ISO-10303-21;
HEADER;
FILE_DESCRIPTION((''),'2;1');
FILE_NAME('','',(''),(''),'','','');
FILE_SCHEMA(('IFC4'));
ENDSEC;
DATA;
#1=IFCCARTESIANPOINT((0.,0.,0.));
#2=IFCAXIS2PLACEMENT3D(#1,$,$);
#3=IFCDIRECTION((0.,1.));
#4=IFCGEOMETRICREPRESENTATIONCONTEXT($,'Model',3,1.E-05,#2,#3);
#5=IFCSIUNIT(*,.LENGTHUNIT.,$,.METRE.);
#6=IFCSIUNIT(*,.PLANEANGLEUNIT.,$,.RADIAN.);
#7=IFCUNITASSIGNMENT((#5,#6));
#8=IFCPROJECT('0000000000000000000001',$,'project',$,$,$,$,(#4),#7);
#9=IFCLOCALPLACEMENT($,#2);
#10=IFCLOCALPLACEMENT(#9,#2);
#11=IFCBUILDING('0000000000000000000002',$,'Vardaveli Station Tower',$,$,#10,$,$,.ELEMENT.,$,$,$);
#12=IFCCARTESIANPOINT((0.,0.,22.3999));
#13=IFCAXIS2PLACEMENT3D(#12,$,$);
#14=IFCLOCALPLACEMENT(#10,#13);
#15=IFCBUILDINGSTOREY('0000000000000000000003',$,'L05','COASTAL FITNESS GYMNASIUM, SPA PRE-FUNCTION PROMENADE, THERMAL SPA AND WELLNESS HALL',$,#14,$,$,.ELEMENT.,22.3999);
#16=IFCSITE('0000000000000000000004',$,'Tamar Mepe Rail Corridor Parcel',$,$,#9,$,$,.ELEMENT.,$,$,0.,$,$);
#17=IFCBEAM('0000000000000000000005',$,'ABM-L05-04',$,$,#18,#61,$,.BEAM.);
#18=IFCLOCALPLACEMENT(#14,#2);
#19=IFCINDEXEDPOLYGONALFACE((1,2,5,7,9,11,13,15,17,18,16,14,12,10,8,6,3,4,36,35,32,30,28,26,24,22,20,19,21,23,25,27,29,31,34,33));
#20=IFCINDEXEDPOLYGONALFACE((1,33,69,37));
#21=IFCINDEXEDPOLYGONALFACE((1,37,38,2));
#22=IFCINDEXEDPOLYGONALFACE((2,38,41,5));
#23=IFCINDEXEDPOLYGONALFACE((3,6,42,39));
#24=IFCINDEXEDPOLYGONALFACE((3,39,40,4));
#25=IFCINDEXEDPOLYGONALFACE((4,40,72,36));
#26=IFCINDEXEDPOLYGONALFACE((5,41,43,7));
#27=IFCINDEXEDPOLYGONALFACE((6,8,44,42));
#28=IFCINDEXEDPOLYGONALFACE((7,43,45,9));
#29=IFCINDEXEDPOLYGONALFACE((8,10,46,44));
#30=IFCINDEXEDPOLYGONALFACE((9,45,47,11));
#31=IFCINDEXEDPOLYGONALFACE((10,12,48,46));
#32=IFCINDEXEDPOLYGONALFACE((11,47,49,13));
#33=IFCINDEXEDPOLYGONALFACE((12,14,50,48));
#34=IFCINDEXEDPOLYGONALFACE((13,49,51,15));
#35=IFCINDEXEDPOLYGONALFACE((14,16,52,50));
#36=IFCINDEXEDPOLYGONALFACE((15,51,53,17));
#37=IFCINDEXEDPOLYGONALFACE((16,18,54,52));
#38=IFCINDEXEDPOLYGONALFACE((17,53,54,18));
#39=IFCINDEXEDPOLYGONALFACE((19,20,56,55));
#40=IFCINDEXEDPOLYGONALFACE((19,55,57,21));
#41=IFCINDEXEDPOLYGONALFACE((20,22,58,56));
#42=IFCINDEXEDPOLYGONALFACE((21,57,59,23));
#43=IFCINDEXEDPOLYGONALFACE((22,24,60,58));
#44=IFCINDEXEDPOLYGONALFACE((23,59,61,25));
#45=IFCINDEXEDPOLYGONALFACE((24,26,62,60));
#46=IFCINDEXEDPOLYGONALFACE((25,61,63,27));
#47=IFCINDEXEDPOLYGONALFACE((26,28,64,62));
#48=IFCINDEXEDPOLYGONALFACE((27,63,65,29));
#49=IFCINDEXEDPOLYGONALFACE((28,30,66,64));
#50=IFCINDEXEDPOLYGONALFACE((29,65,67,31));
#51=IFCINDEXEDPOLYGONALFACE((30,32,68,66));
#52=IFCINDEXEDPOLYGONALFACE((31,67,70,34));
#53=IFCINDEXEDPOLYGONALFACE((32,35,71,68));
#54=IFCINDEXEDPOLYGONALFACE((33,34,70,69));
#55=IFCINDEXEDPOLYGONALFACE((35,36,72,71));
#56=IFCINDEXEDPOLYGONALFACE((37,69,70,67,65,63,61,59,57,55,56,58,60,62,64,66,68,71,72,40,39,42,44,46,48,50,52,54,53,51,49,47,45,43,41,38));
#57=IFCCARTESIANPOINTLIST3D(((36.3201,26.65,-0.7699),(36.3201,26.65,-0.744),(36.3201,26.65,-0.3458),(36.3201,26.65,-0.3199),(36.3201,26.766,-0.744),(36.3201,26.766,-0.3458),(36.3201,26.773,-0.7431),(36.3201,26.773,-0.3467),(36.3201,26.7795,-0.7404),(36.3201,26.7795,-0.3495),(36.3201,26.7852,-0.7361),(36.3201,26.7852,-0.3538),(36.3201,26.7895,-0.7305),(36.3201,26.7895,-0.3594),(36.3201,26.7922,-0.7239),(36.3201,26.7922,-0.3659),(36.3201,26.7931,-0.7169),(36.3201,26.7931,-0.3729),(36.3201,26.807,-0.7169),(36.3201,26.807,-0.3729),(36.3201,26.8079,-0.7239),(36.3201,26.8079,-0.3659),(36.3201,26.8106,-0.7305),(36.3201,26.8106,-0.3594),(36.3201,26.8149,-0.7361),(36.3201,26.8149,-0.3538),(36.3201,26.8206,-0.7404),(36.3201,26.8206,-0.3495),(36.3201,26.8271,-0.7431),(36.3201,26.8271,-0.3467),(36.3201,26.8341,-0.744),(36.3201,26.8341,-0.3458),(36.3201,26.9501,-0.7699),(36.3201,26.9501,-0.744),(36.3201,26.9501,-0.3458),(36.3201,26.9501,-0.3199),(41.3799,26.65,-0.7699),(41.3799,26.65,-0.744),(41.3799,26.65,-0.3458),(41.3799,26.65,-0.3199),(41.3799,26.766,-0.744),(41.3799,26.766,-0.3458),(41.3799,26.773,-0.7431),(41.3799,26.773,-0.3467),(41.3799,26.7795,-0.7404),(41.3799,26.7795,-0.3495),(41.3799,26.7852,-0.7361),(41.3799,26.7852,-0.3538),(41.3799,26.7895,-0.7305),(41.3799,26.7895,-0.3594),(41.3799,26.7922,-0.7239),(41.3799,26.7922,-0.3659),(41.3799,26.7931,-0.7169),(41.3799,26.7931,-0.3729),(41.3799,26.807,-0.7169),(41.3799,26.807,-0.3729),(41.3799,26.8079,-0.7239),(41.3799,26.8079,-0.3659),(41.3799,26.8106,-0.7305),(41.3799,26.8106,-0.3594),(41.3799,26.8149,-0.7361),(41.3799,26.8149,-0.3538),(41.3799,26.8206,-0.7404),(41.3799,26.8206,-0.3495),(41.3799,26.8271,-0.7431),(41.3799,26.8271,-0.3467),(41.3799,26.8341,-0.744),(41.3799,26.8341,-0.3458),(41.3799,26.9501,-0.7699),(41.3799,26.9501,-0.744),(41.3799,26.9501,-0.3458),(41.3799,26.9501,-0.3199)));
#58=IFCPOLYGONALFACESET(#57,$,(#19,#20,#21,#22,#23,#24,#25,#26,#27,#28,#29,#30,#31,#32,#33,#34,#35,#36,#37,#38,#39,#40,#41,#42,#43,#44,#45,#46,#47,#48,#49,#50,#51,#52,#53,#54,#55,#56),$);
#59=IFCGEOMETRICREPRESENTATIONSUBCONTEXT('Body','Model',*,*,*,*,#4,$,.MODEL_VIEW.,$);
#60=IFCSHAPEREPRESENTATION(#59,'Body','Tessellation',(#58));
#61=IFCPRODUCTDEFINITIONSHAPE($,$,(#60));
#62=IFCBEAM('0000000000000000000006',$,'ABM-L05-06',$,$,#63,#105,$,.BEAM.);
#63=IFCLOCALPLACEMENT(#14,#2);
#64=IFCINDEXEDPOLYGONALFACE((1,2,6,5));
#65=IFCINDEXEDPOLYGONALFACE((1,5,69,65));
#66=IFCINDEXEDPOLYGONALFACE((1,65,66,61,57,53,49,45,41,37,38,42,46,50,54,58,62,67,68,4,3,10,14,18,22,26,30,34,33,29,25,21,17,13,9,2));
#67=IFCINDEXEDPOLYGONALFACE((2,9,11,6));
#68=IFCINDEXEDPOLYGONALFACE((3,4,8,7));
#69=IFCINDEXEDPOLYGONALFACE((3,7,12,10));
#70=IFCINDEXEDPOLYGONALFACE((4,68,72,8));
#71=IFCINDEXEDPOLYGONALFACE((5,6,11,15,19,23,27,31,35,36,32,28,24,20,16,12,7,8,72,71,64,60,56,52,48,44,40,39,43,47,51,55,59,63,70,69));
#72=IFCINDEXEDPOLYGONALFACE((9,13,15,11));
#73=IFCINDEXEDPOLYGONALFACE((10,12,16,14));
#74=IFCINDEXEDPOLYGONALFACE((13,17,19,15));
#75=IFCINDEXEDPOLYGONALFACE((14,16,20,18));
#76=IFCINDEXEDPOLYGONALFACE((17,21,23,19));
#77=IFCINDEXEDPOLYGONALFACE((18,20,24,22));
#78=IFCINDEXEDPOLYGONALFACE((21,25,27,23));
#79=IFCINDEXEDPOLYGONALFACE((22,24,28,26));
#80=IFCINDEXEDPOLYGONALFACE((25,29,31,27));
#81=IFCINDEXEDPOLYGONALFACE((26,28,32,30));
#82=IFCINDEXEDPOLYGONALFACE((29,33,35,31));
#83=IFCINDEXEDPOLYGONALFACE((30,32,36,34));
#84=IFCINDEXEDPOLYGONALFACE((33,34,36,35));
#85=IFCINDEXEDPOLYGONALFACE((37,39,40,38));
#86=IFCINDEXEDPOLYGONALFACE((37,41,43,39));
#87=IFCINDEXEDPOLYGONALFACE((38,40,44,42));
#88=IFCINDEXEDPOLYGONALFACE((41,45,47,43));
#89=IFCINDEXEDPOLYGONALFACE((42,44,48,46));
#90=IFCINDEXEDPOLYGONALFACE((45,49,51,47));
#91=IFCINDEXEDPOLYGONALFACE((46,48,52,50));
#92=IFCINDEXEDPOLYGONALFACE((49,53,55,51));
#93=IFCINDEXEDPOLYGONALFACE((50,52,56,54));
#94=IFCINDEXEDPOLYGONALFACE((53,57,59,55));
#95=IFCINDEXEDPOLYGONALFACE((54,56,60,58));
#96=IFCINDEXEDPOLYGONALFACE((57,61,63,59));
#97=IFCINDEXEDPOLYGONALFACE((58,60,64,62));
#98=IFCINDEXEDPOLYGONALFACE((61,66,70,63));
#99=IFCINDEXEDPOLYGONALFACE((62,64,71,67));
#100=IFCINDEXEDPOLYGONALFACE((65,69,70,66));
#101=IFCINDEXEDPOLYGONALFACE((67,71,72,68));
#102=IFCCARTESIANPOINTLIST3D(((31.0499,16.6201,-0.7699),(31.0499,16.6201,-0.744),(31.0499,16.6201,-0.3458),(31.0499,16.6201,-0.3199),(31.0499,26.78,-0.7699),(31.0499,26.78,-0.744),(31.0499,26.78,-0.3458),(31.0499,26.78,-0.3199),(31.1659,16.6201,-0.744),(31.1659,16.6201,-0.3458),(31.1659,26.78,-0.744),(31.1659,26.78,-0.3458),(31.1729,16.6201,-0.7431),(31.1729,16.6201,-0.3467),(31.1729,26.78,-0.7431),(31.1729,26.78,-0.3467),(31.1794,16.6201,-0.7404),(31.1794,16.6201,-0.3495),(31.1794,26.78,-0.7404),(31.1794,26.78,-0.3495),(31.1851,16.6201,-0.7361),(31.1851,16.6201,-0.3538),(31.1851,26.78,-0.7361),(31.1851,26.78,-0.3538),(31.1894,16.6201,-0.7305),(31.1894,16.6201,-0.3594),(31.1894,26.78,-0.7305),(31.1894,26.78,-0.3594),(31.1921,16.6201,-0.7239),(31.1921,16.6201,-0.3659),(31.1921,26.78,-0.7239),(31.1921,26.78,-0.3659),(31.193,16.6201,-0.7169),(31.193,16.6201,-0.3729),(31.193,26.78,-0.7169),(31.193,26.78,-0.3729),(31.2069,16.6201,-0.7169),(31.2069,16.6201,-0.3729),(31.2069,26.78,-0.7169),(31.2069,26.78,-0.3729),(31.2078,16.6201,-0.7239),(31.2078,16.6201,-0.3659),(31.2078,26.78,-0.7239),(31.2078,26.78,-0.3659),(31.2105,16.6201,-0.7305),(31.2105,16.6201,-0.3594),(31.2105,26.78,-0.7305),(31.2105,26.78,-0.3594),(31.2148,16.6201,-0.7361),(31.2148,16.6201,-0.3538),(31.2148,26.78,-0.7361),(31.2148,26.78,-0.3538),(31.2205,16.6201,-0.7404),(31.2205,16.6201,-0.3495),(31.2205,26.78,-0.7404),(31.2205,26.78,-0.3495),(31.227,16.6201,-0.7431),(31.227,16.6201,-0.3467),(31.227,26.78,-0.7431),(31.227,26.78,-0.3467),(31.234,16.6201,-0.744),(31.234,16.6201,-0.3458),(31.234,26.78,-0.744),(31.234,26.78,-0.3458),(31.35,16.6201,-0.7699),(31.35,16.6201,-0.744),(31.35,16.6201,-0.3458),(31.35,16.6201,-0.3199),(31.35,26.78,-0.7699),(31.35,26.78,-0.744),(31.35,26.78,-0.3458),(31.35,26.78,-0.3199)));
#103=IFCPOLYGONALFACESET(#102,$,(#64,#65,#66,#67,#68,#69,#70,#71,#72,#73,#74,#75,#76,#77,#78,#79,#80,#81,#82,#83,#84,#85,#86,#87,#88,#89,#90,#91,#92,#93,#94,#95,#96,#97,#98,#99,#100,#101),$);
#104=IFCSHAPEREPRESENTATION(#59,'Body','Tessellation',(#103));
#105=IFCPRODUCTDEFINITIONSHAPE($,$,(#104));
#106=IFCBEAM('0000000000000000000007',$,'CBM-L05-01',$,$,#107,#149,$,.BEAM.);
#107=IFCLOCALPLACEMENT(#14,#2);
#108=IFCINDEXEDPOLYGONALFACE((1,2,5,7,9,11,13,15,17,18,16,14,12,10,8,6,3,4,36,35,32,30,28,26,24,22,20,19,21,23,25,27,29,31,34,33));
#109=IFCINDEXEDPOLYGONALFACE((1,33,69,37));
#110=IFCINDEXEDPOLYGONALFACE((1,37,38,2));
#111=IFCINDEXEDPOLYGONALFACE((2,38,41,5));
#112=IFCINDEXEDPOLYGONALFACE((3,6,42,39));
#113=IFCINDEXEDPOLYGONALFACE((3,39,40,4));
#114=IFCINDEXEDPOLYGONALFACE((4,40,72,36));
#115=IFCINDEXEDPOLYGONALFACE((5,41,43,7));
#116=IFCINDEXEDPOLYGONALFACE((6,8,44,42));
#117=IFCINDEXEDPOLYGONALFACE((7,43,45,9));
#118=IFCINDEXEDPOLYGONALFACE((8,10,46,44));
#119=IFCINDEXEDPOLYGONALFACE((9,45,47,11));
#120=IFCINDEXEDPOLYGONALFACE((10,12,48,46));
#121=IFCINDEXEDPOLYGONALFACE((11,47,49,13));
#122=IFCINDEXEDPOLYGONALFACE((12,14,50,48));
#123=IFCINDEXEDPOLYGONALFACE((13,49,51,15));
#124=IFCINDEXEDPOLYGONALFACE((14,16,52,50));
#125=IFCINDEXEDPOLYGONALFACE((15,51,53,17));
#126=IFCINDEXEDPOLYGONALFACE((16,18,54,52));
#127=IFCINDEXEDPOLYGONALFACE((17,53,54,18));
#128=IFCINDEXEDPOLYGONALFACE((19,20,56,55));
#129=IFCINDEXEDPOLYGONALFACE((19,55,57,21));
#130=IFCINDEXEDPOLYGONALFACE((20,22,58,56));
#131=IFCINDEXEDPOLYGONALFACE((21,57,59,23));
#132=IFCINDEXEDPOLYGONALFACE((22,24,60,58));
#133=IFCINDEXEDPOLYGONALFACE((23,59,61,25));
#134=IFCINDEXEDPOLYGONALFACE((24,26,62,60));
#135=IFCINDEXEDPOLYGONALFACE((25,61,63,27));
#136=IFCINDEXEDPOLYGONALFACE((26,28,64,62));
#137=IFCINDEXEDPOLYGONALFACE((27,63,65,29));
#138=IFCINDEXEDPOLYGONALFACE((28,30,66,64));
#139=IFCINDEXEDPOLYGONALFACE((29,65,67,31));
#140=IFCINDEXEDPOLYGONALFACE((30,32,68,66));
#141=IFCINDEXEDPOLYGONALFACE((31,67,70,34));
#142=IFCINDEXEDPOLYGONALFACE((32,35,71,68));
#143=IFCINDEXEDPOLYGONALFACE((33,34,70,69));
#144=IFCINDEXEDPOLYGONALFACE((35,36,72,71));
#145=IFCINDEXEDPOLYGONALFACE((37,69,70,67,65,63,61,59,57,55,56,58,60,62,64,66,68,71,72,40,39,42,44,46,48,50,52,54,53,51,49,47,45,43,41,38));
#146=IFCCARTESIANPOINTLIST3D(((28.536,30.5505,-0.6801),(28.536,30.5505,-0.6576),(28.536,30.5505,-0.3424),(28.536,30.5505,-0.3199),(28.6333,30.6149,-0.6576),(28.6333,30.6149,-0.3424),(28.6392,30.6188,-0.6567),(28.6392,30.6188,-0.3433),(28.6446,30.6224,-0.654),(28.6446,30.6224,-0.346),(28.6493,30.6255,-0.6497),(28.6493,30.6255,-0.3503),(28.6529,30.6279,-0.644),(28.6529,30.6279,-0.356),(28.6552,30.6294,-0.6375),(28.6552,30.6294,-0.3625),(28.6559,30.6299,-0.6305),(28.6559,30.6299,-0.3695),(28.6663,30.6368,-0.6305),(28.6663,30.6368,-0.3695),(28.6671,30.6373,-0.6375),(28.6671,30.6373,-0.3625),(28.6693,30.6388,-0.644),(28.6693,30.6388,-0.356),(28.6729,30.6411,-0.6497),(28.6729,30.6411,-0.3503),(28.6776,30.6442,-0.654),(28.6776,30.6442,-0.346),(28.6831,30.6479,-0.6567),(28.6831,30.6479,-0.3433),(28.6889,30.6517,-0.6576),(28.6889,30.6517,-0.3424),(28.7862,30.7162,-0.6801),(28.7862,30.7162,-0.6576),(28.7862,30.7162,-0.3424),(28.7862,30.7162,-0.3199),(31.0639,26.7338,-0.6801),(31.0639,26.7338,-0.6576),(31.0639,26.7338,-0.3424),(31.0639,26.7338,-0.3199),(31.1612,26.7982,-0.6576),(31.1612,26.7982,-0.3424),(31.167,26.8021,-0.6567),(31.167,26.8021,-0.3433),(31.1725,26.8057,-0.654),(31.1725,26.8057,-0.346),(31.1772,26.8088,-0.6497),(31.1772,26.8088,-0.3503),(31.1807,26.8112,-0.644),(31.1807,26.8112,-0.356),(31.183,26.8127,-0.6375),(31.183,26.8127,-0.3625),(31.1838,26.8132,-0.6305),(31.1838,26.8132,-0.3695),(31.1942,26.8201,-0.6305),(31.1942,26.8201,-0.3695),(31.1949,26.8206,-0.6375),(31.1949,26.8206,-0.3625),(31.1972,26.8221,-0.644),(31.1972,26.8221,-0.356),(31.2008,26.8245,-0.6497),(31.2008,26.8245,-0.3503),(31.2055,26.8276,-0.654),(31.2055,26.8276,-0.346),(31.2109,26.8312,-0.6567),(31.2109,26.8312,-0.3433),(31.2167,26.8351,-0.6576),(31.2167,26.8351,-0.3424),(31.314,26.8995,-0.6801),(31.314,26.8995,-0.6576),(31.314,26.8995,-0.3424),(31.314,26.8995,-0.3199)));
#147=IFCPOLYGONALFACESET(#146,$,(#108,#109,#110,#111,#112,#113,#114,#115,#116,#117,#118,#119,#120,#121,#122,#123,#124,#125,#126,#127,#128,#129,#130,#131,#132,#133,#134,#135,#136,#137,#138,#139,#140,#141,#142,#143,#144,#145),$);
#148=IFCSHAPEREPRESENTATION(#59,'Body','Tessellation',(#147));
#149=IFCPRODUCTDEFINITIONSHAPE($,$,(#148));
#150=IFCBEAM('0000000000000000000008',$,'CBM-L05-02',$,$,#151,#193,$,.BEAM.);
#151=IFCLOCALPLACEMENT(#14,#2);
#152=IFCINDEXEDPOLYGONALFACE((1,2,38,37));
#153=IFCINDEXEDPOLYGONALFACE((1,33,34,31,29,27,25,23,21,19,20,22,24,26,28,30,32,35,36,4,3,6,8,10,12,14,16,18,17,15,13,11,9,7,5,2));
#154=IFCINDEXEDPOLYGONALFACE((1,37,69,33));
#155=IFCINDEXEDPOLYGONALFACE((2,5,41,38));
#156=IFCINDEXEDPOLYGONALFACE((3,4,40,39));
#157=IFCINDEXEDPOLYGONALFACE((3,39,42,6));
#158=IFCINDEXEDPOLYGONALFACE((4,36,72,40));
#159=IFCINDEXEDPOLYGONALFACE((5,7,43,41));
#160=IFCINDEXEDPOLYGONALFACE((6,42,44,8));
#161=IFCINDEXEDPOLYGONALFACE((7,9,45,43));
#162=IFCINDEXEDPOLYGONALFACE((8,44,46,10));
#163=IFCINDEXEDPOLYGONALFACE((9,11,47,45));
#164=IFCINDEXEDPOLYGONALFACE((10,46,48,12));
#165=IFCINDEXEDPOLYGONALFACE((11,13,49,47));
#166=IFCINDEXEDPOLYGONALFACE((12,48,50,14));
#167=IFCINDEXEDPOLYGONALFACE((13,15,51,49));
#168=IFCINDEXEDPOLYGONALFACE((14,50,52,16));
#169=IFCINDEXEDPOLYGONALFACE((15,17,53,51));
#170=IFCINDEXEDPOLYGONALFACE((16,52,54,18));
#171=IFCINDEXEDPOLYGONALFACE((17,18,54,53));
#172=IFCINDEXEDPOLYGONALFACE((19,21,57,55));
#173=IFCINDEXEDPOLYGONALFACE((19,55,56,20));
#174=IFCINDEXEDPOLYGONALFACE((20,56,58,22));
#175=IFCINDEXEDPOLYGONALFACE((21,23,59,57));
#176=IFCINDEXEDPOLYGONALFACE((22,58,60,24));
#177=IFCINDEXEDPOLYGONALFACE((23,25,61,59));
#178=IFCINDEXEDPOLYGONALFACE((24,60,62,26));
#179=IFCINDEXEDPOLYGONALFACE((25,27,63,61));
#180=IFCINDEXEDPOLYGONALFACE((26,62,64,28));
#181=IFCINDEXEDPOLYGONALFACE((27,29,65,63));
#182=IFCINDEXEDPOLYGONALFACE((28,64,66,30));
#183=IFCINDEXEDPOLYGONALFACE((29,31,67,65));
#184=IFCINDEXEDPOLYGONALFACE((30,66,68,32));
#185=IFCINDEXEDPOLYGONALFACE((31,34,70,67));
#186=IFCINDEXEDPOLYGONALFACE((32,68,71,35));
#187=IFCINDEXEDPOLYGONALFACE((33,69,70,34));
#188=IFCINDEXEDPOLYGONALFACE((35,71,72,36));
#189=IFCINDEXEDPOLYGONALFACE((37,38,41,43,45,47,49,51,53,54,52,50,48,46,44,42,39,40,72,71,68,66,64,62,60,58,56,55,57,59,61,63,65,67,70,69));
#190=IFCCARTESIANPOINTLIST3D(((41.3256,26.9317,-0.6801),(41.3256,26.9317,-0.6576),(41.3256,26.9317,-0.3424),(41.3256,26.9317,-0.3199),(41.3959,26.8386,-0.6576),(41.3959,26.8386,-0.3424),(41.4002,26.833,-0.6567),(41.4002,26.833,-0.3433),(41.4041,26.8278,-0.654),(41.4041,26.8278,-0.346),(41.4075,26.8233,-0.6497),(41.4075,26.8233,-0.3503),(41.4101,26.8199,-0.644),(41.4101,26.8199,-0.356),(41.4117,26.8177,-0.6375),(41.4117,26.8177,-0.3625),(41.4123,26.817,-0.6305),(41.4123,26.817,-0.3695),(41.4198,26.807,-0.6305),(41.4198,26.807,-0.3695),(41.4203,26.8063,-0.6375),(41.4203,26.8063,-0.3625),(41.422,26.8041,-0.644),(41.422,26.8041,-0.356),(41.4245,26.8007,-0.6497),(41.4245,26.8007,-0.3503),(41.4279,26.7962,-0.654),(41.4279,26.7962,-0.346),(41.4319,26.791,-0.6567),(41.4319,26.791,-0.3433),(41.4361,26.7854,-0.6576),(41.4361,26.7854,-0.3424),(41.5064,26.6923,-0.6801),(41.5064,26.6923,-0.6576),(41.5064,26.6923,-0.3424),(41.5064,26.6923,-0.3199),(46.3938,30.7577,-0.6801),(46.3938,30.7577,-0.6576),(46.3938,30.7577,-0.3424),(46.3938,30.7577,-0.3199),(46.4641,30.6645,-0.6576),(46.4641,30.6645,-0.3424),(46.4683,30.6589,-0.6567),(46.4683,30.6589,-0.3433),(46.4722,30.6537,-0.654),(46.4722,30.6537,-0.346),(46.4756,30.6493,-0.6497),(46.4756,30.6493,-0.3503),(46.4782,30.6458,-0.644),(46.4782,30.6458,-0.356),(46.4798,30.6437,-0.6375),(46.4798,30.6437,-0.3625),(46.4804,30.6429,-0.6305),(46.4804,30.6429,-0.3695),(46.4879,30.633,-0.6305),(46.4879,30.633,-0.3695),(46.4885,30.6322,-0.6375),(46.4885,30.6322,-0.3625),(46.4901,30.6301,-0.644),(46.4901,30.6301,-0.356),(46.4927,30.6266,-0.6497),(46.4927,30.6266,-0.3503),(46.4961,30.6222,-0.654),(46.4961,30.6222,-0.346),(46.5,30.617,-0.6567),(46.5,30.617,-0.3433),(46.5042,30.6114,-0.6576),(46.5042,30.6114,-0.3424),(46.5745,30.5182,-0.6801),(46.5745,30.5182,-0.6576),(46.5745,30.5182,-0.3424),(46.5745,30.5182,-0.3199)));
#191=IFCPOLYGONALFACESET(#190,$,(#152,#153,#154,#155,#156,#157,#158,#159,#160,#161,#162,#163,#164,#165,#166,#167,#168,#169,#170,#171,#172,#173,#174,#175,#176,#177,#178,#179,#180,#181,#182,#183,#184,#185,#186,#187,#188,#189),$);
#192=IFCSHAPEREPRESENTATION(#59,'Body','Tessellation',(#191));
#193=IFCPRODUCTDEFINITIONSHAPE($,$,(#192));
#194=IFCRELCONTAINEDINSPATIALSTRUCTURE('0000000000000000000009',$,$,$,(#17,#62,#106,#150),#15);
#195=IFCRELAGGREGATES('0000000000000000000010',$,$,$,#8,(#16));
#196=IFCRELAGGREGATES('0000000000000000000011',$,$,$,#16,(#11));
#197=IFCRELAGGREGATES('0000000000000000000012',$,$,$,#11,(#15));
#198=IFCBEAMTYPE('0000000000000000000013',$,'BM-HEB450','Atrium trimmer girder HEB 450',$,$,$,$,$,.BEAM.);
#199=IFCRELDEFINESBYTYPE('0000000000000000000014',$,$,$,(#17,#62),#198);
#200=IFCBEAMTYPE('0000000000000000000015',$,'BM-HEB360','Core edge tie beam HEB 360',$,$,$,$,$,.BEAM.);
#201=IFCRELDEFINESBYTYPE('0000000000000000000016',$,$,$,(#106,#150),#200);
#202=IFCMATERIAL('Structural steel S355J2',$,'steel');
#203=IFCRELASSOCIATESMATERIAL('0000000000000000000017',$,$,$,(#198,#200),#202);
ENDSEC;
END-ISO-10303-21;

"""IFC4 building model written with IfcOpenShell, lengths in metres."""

from ifc_helpers import new_model, si_unit, direction, frame, origin, origin_2d, place, context, subcontext, project, spatial, i_section, extrude, source, transform, mapped, material, material_profile, profile_set, type_object, element, save


model = new_model("IFC4")

# Units and contexts
model_context = context("Model", 3, precision=1e-05, world=origin(), true_north=direction((0.0, 1.0)))
body_context = subcontext(model_context, "Body", "Model", "MODEL_VIEW")
ifc_project = project(units=[si_unit("LENGTHUNIT", "METRE"), si_unit("PLANEANGLEUNIT", "RADIAN")], contexts=[model_context])

# Site, building, storey
site_placement = place(None, origin())
site = spatial("IfcSite", under=ifc_project, at=site_placement, Name="Tamar Mepe Rail Corridor Parcel", CompositionType="ELEMENT", RefElevation=0.0)
building_placement = place(site_placement, origin())
building = spatial("IfcBuilding", under=site, at=building_placement, Name="Vardaveli Station Tower", CompositionType="ELEMENT")
storey_placement = place(building_placement, frame((0.0, 0.0, 22.3999)))
storey = spatial("IfcBuildingStorey", under=building, at=storey_placement, Name="L05", Description="COASTAL FITNESS GYMNASIUM, SPA PRE-FUNCTION PROMENADE, THERMAL SPA AND WELLNESS HALL", CompositionType="ELEMENT", Elevation=22.3999)

# Beams
ifc_material_1 = material(Name="Structural steel S355J2", Category="steel")
ifc_material_profile_1 = material_profile(ifc_material_1, i_section(OverallWidth=0.3, OverallDepth=0.45, WebThickness=0.0139, FlangeThickness=0.0259, FilletRadius=0.0271, at=origin_2d()), Name="HEB 450")
ifc_profile_set_1 = profile_set([ifc_material_profile_1], Name="Structural steel S355J2")
beam_type_1 = type_object("IfcBeamType", Name="BM-HEB450", Description="Atrium trimmer girder HEB 450", PredefinedType="BEAM", material=ifc_profile_set_1)
shared_shape_1 = source(origin(), body_context, "Body", "SweptSolid", [
    extrude(i_section(OverallWidth=0.3, OverallDepth=0.45, WebThickness=0.0139, FlangeThickness=0.0259, FilletRadius=0.0271, at=origin_2d()), origin(), (0.0, 0.0, 1.0), 5.0598),
])
beam_1_placement = place(storey_placement, frame((41.3799, 26.8, -0.5449), z_axis=(-1.0, 0.0, 0.0), x_axis=(0.0, -1.0, 0.0)))
element("IfcBeam", 1, at=beam_1_placement, inside=storey, type_object=beam_type_1, Name="ABM-L05-04", PredefinedType="BEAM", context=body_context, shape_type="MappedRepresentation", body=[
    mapped(shared_shape_1, transform((0.0, 0.0, 0.0), scale=1.0)),
])
shared_shape_2 = source(origin(), body_context, "Body", "SweptSolid", [
    extrude(i_section(OverallWidth=0.3, OverallDepth=0.45, WebThickness=0.0139, FlangeThickness=0.0259, FilletRadius=0.0271, at=origin_2d()), origin(), (0.0, 0.0, 1.0), 10.1599),
])
beam_2_placement = place(storey_placement, frame((31.2, 26.78, -0.5449), z_axis=(0.0, -1.0, 0.0), x_axis=(1.0, 0.0, 0.0)))
element("IfcBeam", 2, at=beam_2_placement, inside=storey, type_object=beam_type_1, Name="ABM-L05-06", PredefinedType="BEAM", context=body_context, shape_type="MappedRepresentation", body=[
    mapped(shared_shape_2, transform((0.0, 0.0, 0.0), scale=1.0)),
])
ifc_material_profile_2 = material_profile(ifc_material_1, i_section(OverallWidth=0.3, OverallDepth=0.3601, WebThickness=0.0125, FlangeThickness=0.0225, FilletRadius=0.0271, at=origin_2d()), Name="HEB 360")
ifc_profile_set_2 = profile_set([ifc_material_profile_2], Name="Structural steel S355J2")
beam_type_2 = type_object("IfcBeamType", Name="BM-HEB360", Description="Core edge tie beam HEB 360", PredefinedType="BEAM", material=ifc_profile_set_2)
shared_shape_3 = source(origin(), body_context, "Body", "SweptSolid", [
    extrude(i_section(OverallWidth=0.3, OverallDepth=0.3601, WebThickness=0.0125, FlangeThickness=0.0225, FilletRadius=0.0271, at=origin_2d()), origin(), (0.0, 0.0, 1.0), 4.5779),
])
beam_3_placement = place(storey_placement, frame((31.189, 26.8167, -0.5), z_axis=(-0.552187, 0.83372, 0.0), x_axis=(-0.83372, -0.552187, 0.0)))
element("IfcBeam", 3, at=beam_3_placement, inside=storey, type_object=beam_type_2, Name="CBM-L05-01", PredefinedType="BEAM", context=body_context, shape_type="MappedRepresentation", body=[
    mapped(shared_shape_3, transform((0.0, 0.0, 0.0), scale=1.0)),
])
shared_shape_4 = source(origin(), body_context, "Body", "SweptSolid", [
    extrude(i_section(OverallWidth=0.3, OverallDepth=0.3601, WebThickness=0.0125, FlangeThickness=0.0225, FilletRadius=0.0271, at=origin_2d()), origin(), (0.0, 0.0, 1.0), 6.3501),
])
beam_4_placement = place(storey_placement, frame((41.416, 26.812, -0.5), z_axis=(0.798118, 0.602501, 0.0), x_axis=(-0.602501, 0.798118, 0.0)))
element("IfcBeam", 4, at=beam_4_placement, inside=storey, type_object=beam_type_2, Name="CBM-L05-02", PredefinedType="BEAM", context=body_context, shape_type="MappedRepresentation", body=[
    mapped(shared_shape_4, transform((0.0, 0.0, 0.0), scale=1.0)),
])

save(model, "model.ifc")
